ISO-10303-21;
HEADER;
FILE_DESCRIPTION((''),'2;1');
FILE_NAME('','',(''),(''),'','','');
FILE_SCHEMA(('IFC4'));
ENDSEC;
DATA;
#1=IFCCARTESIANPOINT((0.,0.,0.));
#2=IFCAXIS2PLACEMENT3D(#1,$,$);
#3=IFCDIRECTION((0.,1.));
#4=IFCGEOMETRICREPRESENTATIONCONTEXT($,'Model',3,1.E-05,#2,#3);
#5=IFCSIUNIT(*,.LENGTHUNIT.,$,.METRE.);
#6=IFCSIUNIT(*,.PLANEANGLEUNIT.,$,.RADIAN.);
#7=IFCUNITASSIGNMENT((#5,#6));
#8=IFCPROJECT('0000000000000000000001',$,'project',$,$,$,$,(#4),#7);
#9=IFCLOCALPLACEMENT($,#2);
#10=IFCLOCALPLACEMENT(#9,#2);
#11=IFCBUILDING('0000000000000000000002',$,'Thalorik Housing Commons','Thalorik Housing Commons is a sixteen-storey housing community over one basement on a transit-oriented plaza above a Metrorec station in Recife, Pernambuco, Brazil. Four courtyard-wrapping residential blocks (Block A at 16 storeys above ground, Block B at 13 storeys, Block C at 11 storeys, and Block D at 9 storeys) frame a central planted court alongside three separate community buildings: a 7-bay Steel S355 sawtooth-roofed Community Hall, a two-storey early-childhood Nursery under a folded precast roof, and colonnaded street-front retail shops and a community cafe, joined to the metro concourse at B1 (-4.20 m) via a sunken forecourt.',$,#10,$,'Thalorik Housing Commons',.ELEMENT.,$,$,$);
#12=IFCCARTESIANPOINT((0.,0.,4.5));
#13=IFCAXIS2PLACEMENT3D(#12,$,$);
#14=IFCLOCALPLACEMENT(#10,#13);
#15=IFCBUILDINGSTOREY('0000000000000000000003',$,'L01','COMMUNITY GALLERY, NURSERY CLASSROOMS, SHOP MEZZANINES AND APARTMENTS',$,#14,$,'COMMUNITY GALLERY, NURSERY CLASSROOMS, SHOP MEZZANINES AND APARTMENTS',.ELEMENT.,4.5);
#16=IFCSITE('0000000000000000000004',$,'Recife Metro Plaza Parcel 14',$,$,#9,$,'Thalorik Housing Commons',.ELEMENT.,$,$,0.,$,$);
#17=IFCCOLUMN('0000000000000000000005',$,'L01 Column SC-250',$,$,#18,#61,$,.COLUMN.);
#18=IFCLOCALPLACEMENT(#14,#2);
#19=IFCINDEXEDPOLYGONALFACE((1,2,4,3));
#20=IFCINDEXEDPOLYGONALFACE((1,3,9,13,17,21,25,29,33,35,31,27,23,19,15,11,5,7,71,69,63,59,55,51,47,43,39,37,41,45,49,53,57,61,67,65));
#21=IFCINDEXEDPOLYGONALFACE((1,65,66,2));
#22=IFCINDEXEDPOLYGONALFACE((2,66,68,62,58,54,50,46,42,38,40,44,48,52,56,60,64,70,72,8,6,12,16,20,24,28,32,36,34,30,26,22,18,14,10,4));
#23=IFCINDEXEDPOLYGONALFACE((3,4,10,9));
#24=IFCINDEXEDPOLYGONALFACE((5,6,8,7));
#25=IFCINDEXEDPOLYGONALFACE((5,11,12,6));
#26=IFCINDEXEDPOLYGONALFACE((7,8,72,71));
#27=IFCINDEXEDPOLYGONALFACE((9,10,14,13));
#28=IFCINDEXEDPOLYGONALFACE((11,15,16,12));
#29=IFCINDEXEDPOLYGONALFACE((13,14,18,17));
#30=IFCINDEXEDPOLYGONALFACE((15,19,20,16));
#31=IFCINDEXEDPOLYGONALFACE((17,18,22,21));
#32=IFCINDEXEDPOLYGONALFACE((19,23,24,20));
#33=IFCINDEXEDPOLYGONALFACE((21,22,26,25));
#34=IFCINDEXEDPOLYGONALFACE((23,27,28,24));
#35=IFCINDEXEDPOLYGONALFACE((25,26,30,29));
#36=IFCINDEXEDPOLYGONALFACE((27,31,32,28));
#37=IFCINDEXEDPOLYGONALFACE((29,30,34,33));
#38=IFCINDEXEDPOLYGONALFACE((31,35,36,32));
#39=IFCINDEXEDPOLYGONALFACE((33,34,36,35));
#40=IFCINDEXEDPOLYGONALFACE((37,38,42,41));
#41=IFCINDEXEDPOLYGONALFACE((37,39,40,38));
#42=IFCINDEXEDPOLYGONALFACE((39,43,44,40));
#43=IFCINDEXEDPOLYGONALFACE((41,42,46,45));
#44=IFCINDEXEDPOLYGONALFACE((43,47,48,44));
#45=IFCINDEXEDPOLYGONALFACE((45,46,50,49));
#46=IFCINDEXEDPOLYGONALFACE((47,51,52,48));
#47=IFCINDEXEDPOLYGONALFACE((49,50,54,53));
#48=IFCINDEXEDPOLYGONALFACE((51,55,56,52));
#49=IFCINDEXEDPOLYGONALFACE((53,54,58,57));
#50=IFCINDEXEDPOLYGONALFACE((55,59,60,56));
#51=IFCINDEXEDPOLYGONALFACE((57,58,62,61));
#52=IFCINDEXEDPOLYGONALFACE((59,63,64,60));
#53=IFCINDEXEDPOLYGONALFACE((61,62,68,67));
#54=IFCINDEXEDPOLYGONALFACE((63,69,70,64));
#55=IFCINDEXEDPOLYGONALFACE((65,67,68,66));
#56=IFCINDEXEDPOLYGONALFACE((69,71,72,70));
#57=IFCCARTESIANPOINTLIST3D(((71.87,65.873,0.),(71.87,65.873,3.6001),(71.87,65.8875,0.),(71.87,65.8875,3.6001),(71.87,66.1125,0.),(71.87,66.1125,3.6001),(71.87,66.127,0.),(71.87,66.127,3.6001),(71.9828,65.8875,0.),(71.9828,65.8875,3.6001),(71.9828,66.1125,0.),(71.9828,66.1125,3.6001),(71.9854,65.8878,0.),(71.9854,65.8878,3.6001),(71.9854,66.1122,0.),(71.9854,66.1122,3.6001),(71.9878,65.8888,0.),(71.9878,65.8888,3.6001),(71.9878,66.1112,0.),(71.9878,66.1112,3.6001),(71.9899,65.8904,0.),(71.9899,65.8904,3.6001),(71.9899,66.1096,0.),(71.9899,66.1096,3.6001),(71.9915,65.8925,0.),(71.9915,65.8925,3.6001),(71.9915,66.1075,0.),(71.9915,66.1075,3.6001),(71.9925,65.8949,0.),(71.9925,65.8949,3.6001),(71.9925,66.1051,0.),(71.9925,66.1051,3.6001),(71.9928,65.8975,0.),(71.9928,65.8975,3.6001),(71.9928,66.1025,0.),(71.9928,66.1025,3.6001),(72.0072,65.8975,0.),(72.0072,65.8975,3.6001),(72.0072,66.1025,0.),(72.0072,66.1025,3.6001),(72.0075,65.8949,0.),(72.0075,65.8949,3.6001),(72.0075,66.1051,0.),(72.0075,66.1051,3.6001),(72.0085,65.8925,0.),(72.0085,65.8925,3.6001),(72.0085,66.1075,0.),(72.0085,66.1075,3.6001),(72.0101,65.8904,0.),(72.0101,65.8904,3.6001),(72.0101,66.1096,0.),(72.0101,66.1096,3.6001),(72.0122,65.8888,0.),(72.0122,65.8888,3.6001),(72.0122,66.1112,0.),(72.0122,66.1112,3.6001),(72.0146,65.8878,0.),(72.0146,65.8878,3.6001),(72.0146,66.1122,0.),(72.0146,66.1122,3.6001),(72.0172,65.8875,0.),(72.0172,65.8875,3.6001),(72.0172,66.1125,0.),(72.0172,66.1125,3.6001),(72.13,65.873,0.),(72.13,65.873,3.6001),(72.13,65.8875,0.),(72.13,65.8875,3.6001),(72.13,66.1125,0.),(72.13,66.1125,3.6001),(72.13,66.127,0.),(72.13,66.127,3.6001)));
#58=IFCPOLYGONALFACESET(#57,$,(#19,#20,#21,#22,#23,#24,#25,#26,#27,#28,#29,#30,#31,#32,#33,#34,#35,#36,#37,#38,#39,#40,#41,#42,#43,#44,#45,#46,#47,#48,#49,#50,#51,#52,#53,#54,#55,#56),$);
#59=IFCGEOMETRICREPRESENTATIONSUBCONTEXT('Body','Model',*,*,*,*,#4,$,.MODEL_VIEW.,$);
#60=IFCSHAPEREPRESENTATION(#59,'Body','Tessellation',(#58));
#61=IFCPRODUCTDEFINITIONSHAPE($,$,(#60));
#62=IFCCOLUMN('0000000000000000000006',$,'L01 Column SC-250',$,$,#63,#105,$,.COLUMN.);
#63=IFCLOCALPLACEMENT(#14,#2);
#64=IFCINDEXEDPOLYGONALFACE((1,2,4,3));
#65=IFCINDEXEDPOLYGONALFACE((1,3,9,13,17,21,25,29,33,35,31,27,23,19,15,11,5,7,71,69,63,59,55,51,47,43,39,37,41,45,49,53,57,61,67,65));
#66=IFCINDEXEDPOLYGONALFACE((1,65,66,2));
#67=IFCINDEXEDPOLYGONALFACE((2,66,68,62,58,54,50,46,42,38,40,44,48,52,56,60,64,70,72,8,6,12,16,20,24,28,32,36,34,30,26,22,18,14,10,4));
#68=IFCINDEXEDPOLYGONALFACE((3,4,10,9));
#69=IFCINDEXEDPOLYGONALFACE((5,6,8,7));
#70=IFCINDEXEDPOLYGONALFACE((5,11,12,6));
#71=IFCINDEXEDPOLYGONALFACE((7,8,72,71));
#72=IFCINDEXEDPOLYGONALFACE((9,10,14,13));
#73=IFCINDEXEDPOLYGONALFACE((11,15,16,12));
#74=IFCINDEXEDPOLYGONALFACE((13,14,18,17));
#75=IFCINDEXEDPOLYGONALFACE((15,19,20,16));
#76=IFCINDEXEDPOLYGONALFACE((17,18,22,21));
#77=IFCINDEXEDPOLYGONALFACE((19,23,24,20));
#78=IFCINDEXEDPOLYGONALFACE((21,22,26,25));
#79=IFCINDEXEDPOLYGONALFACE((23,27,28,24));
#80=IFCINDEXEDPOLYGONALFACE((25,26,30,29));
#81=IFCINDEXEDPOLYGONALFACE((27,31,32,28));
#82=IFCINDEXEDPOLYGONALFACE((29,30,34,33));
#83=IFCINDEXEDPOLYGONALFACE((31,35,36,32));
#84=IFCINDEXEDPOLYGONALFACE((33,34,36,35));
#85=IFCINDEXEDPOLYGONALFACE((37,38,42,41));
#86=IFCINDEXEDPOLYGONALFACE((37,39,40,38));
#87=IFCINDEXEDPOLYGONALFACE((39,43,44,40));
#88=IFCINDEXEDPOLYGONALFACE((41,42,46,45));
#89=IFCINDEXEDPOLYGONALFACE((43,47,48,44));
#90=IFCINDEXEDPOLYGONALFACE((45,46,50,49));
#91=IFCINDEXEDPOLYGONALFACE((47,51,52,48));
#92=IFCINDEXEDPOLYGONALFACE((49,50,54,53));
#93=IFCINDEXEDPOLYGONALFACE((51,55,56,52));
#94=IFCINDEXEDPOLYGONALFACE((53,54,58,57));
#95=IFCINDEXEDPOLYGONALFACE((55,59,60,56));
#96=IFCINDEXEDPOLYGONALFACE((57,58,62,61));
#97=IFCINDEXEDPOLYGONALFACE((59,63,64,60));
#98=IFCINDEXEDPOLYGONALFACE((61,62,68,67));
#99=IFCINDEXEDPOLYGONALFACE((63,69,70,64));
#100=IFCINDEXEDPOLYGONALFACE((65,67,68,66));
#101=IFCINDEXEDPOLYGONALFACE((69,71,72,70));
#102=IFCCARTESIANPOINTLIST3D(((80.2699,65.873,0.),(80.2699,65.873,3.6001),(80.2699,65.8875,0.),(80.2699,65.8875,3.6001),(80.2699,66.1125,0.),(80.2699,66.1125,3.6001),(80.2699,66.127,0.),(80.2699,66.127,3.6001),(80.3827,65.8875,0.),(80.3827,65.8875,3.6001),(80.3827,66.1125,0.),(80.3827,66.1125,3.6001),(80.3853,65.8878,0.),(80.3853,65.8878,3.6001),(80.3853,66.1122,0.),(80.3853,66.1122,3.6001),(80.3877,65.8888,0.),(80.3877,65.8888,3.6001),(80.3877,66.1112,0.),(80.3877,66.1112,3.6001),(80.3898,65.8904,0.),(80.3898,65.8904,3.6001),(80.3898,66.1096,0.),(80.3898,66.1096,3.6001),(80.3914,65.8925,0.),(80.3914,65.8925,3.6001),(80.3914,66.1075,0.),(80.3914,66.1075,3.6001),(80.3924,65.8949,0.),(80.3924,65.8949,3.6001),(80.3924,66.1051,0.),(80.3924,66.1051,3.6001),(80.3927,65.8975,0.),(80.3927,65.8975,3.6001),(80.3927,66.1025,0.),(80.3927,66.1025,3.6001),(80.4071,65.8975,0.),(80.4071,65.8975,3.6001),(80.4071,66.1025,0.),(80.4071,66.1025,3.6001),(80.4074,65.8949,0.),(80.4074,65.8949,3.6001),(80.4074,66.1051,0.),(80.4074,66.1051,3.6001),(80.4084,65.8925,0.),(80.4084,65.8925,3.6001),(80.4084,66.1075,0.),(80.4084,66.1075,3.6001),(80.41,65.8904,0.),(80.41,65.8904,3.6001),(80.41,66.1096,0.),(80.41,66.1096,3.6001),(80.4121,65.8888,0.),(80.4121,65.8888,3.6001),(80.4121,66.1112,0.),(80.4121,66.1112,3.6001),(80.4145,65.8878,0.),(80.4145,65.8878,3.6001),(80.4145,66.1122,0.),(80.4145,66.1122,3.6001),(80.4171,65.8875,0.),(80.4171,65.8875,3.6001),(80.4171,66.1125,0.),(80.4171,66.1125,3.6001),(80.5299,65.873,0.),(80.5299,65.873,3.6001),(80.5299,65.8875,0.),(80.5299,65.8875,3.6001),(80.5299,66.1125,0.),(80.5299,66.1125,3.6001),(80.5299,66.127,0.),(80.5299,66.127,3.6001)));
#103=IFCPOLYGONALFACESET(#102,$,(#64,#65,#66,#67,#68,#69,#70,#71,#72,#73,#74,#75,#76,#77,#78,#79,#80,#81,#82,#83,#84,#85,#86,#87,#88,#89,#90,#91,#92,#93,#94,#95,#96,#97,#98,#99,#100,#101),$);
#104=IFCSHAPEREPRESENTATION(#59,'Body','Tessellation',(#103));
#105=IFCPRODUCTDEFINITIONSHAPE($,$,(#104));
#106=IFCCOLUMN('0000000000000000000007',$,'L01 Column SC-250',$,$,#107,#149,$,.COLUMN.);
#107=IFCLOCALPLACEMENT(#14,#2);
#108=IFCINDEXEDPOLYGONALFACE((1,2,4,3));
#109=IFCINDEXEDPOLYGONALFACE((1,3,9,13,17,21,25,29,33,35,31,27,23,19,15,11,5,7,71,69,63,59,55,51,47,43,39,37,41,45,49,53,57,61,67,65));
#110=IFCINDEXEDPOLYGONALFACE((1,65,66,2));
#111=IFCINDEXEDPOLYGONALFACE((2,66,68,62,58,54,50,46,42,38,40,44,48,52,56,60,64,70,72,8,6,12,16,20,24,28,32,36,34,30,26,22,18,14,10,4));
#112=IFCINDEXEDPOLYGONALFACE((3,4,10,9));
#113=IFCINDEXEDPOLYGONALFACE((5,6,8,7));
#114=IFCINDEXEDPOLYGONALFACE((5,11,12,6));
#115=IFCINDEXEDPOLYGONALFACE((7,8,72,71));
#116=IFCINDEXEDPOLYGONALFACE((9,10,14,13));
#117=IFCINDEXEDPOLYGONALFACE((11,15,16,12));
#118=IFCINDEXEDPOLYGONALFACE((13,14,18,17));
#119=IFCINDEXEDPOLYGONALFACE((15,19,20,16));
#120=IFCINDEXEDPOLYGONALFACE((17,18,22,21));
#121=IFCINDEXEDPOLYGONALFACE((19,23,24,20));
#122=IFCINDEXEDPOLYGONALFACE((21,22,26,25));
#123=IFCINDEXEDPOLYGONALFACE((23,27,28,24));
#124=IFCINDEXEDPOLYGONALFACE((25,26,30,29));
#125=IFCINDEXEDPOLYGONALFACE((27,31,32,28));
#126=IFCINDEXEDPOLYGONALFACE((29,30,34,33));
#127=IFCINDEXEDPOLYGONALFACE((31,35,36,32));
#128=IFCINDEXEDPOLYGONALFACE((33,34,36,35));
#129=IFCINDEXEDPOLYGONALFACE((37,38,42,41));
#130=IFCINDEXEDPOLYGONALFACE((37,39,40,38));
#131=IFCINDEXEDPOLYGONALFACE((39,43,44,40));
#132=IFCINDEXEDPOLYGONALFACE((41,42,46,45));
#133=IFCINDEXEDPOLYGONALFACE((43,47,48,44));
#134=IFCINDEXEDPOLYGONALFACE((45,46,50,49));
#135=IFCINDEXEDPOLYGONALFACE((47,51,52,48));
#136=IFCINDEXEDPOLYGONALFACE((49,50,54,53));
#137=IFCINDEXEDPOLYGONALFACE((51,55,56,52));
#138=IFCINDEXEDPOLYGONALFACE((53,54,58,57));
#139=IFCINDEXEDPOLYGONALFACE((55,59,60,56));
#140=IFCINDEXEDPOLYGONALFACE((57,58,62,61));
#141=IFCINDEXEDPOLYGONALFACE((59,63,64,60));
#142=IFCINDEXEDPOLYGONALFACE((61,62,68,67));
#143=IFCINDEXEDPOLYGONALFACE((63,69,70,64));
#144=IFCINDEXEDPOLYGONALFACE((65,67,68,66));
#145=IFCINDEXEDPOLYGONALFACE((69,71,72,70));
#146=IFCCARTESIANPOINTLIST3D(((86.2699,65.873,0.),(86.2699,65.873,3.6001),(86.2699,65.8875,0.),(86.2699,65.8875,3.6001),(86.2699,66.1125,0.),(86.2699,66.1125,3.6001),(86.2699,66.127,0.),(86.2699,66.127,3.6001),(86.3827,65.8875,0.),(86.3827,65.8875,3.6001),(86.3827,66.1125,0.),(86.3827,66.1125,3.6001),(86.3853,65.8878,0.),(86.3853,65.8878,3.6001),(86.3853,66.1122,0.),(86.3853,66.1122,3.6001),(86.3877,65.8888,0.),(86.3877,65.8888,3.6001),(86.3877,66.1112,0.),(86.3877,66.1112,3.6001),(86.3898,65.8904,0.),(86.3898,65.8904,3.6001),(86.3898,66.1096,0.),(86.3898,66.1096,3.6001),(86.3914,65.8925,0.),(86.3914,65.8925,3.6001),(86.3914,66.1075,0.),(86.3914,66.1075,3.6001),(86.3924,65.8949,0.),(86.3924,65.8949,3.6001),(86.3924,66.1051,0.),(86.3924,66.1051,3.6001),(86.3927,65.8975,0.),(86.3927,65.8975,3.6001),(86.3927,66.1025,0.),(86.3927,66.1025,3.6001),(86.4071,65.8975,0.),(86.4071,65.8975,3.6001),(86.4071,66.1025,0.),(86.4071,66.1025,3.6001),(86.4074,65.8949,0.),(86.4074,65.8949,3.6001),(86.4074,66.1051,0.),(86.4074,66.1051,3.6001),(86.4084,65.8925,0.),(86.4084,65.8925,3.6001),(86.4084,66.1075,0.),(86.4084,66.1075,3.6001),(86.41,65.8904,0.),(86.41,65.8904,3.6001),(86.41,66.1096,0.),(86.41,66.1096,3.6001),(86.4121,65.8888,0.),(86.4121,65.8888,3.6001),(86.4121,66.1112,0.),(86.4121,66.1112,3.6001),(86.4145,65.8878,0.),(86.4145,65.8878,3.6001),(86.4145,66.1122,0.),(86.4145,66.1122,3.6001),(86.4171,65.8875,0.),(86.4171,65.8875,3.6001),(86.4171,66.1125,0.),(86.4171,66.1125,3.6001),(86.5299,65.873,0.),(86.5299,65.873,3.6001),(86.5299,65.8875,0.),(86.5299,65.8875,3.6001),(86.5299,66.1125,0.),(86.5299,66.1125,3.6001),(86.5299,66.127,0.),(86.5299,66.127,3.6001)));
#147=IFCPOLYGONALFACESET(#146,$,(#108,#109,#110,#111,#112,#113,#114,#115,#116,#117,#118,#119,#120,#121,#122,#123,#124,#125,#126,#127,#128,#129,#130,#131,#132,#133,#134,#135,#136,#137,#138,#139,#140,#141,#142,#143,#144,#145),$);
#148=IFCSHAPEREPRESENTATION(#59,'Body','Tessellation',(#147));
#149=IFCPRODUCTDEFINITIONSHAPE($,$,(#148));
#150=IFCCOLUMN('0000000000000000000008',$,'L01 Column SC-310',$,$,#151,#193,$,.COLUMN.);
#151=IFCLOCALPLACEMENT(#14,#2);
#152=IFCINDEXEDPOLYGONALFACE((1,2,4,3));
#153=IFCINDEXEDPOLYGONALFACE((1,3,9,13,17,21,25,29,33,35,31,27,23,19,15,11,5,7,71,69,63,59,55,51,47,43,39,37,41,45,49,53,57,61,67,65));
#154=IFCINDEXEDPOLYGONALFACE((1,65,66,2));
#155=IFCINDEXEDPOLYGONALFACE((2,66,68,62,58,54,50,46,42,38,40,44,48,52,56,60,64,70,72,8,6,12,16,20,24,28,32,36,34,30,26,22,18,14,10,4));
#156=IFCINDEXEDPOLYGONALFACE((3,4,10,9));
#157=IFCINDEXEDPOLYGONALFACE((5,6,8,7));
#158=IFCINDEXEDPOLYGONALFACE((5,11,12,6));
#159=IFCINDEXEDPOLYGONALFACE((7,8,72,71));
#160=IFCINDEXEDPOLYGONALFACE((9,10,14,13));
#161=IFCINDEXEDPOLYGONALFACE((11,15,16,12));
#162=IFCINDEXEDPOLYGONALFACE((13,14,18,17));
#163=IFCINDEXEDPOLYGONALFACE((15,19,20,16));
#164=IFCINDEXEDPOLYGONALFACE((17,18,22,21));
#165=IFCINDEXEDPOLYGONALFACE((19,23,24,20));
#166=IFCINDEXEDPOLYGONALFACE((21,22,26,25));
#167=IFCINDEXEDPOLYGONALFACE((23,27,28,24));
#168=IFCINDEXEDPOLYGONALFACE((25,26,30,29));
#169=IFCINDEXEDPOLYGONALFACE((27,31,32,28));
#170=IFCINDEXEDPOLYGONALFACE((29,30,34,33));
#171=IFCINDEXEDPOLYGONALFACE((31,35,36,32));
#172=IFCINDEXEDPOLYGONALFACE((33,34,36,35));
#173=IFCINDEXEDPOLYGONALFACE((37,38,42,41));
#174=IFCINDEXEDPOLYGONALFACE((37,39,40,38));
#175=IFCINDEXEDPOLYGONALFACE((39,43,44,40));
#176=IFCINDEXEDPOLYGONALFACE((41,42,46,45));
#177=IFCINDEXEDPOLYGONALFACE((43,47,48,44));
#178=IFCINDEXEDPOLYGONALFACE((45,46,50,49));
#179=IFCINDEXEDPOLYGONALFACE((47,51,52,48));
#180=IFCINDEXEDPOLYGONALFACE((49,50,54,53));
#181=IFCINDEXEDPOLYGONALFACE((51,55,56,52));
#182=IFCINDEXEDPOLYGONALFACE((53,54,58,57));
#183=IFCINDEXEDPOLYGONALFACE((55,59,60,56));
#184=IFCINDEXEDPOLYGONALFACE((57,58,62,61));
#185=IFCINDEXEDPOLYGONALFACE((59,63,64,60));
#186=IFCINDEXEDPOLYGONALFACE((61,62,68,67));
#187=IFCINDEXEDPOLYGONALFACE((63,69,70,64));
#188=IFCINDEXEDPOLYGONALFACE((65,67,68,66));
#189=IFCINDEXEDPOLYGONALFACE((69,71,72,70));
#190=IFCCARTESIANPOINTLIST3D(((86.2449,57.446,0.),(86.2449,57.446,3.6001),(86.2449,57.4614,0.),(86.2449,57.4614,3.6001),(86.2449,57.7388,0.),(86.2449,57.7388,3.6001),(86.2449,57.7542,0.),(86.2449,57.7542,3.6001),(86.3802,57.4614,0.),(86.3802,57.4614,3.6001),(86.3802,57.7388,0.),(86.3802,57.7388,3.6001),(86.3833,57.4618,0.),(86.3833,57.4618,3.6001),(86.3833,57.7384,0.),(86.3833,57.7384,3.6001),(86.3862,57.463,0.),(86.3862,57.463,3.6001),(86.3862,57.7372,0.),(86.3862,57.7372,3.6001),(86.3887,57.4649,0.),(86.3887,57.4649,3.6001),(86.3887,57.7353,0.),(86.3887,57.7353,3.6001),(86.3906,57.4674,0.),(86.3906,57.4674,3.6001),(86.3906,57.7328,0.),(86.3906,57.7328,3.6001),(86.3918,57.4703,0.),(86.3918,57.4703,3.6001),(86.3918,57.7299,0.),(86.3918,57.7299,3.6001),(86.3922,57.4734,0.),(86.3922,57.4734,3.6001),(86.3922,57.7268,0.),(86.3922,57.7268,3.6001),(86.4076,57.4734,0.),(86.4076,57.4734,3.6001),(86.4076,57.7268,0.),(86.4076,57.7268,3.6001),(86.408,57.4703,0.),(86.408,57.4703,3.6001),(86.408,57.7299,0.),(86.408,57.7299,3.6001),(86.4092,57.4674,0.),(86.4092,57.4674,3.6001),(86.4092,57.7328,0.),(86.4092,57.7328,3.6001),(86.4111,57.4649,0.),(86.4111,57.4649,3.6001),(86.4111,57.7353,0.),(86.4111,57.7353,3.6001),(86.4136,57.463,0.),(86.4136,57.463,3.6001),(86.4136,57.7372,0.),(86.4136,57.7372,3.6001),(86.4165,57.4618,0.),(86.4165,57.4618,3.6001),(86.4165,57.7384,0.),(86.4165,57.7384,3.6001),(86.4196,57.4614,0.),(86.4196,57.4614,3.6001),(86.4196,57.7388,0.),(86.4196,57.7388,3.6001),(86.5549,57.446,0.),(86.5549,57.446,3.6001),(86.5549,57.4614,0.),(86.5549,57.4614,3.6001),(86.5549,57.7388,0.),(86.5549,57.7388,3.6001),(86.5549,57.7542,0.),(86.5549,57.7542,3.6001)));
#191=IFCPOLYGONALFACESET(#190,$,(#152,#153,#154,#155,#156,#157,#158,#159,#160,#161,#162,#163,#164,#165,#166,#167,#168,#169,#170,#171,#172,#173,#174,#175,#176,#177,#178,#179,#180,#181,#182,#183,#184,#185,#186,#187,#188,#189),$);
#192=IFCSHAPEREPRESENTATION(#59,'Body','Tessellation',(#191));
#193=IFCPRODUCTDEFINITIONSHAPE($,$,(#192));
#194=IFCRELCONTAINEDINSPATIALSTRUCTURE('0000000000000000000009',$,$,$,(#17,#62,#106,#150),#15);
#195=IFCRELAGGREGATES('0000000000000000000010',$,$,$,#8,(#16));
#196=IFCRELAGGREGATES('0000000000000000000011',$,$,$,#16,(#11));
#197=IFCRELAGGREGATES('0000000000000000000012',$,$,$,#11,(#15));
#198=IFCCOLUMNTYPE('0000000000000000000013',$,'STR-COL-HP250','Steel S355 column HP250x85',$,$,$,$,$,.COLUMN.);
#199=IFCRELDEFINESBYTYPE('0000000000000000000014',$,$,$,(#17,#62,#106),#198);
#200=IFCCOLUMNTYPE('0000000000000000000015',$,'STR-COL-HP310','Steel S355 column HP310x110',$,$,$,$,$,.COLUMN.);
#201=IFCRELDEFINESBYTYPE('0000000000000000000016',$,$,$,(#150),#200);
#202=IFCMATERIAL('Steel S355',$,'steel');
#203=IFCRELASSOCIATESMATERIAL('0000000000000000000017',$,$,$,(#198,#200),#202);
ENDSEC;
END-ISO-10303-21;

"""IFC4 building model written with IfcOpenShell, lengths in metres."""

from ifc_helpers import new_model, si_unit, direction, frame, origin, origin_2d, place, context, subcontext, project, spatial, i_section, extrude, material, material_profile, profile_set, type_object, element, save


model = new_model("IFC4")

# Units and contexts
model_context = context("Model", 3, precision=1e-05, world=origin(), true_north=direction((0.0, 1.0)))
body_context = subcontext(model_context, "Body", "Model", "MODEL_VIEW")
ifc_project = project(units=[si_unit("LENGTHUNIT", "METRE"), si_unit("PLANEANGLEUNIT", "RADIAN")], contexts=[model_context])

# Site, building, storey
site_placement = place(None, origin())
site = spatial("IfcSite", under=ifc_project, at=site_placement, Name="Recife Metro Plaza Parcel 14", LongName="Thalorik Housing Commons", CompositionType="ELEMENT", RefElevation=0.0)
building_placement = place(site_placement, origin())
building = spatial("IfcBuilding", under=site, at=building_placement, Name="Thalorik Housing Commons", Description="Thalorik Housing Commons is a sixteen-storey housing community over one basement on a transit-oriented plaza above a Metrorec station in Recife, Pernambuco, Brazil. Four courtyard-wrapping residential blocks (Block A at 16 storeys above ground, Block B at 13 storeys, Block C at 11 storeys, and Block D at 9 storeys) frame a central planted court alongside three separate community buildings: a 7-bay Steel S355 sawtooth-roofed Community Hall, a two-storey early-childhood Nursery under a folded precast roof, and colonnaded street-front retail shops and a community cafe, joined to the metro concourse at B1 (-4.20 m) via a sunken forecourt.", LongName="Thalorik Housing Commons", CompositionType="ELEMENT")
storey_placement = place(building_placement, frame((0.0, 0.0, 4.5)))
storey = spatial("IfcBuildingStorey", under=building, at=storey_placement, Name="L01", Description="COMMUNITY GALLERY, NURSERY CLASSROOMS, SHOP MEZZANINES AND APARTMENTS", LongName="COMMUNITY GALLERY, NURSERY CLASSROOMS, SHOP MEZZANINES AND APARTMENTS", CompositionType="ELEMENT", Elevation=4.5)

# Columns
ifc_material_1 = material(Name="Steel S355", Category="steel")
ifc_material_profile_1 = material_profile(ifc_material_1, i_section(OverallWidth=0.26, OverallDepth=0.2539, WebThickness=0.0144, FlangeThickness=0.0144, FilletRadius=0.01, at=origin_2d()), Name="HP250x85", Category="steel")
ifc_profile_set_1 = profile_set([ifc_material_profile_1], Name="Steel S355")
column_type_1 = type_object("IfcColumnType", Name="STR-COL-HP250", Description="Steel S355 column HP250x85", PredefinedType="COLUMN", material=ifc_profile_set_1)
for number, where, z_axis, x_axis, name in (
    (1, (72.0, 66.0, 0.0), (0.0, 0.0, 1.0), (1.0, 0.0, 0.0), "L01 Column SC-250"),
    (2, (80.3999, 66.0, 0.0), (0.0, 0.0, 1.0), (1.0, 0.0, 0.0), "L01 Column SC-250"),
    (3, (86.3999, 66.0, 0.0), (0.0, 0.0, 1.0), (1.0, 0.0, 0.0), "L01 Column SC-250"),
):
    element("IfcColumn", number, at=place(storey_placement, frame(where, z_axis=z_axis, x_axis=x_axis)), inside=storey, type_object=column_type_1, Name=name, PredefinedType="COLUMN", context=body_context, shape_type="SweptSolid", body=[
        extrude(i_section(OverallWidth=0.26, OverallDepth=0.2539, WebThickness=0.0144, FlangeThickness=0.0144, FilletRadius=0.01, at=origin_2d()), origin(), (0.0, 0.0, 1.0), 3.6001),
    ])
ifc_material_profile_2 = material_profile(ifc_material_1, i_section(OverallWidth=0.3101, OverallDepth=0.3081, WebThickness=0.0154, FlangeThickness=0.0154, FilletRadius=0.012, at=origin_2d()), Name="HP310x110", Category="steel")
ifc_profile_set_2 = profile_set([ifc_material_profile_2], Name="Steel S355")
column_type_2 = type_object("IfcColumnType", Name="STR-COL-HP310", Description="Steel S355 column HP310x110", PredefinedType="COLUMN", material=ifc_profile_set_2)
for number, where, z_axis, x_axis, name in (
    (4, (86.3999, 57.6001, 0.0), (0.0, 0.0, 1.0), (1.0, 0.0, 0.0), "L01 Column SC-310"),
):
    element("IfcColumn", number, at=place(storey_placement, frame(where, z_axis=z_axis, x_axis=x_axis)), inside=storey, type_object=column_type_2, Name=name, PredefinedType="COLUMN", context=body_context, shape_type="SweptSolid", body=[
        extrude(i_section(OverallWidth=0.3101, OverallDepth=0.3081, WebThickness=0.0154, FlangeThickness=0.0154, FilletRadius=0.012, at=origin_2d()), origin(), (0.0, 0.0, 1.0), 3.6001),
    ])

save(model, "model.ifc")
